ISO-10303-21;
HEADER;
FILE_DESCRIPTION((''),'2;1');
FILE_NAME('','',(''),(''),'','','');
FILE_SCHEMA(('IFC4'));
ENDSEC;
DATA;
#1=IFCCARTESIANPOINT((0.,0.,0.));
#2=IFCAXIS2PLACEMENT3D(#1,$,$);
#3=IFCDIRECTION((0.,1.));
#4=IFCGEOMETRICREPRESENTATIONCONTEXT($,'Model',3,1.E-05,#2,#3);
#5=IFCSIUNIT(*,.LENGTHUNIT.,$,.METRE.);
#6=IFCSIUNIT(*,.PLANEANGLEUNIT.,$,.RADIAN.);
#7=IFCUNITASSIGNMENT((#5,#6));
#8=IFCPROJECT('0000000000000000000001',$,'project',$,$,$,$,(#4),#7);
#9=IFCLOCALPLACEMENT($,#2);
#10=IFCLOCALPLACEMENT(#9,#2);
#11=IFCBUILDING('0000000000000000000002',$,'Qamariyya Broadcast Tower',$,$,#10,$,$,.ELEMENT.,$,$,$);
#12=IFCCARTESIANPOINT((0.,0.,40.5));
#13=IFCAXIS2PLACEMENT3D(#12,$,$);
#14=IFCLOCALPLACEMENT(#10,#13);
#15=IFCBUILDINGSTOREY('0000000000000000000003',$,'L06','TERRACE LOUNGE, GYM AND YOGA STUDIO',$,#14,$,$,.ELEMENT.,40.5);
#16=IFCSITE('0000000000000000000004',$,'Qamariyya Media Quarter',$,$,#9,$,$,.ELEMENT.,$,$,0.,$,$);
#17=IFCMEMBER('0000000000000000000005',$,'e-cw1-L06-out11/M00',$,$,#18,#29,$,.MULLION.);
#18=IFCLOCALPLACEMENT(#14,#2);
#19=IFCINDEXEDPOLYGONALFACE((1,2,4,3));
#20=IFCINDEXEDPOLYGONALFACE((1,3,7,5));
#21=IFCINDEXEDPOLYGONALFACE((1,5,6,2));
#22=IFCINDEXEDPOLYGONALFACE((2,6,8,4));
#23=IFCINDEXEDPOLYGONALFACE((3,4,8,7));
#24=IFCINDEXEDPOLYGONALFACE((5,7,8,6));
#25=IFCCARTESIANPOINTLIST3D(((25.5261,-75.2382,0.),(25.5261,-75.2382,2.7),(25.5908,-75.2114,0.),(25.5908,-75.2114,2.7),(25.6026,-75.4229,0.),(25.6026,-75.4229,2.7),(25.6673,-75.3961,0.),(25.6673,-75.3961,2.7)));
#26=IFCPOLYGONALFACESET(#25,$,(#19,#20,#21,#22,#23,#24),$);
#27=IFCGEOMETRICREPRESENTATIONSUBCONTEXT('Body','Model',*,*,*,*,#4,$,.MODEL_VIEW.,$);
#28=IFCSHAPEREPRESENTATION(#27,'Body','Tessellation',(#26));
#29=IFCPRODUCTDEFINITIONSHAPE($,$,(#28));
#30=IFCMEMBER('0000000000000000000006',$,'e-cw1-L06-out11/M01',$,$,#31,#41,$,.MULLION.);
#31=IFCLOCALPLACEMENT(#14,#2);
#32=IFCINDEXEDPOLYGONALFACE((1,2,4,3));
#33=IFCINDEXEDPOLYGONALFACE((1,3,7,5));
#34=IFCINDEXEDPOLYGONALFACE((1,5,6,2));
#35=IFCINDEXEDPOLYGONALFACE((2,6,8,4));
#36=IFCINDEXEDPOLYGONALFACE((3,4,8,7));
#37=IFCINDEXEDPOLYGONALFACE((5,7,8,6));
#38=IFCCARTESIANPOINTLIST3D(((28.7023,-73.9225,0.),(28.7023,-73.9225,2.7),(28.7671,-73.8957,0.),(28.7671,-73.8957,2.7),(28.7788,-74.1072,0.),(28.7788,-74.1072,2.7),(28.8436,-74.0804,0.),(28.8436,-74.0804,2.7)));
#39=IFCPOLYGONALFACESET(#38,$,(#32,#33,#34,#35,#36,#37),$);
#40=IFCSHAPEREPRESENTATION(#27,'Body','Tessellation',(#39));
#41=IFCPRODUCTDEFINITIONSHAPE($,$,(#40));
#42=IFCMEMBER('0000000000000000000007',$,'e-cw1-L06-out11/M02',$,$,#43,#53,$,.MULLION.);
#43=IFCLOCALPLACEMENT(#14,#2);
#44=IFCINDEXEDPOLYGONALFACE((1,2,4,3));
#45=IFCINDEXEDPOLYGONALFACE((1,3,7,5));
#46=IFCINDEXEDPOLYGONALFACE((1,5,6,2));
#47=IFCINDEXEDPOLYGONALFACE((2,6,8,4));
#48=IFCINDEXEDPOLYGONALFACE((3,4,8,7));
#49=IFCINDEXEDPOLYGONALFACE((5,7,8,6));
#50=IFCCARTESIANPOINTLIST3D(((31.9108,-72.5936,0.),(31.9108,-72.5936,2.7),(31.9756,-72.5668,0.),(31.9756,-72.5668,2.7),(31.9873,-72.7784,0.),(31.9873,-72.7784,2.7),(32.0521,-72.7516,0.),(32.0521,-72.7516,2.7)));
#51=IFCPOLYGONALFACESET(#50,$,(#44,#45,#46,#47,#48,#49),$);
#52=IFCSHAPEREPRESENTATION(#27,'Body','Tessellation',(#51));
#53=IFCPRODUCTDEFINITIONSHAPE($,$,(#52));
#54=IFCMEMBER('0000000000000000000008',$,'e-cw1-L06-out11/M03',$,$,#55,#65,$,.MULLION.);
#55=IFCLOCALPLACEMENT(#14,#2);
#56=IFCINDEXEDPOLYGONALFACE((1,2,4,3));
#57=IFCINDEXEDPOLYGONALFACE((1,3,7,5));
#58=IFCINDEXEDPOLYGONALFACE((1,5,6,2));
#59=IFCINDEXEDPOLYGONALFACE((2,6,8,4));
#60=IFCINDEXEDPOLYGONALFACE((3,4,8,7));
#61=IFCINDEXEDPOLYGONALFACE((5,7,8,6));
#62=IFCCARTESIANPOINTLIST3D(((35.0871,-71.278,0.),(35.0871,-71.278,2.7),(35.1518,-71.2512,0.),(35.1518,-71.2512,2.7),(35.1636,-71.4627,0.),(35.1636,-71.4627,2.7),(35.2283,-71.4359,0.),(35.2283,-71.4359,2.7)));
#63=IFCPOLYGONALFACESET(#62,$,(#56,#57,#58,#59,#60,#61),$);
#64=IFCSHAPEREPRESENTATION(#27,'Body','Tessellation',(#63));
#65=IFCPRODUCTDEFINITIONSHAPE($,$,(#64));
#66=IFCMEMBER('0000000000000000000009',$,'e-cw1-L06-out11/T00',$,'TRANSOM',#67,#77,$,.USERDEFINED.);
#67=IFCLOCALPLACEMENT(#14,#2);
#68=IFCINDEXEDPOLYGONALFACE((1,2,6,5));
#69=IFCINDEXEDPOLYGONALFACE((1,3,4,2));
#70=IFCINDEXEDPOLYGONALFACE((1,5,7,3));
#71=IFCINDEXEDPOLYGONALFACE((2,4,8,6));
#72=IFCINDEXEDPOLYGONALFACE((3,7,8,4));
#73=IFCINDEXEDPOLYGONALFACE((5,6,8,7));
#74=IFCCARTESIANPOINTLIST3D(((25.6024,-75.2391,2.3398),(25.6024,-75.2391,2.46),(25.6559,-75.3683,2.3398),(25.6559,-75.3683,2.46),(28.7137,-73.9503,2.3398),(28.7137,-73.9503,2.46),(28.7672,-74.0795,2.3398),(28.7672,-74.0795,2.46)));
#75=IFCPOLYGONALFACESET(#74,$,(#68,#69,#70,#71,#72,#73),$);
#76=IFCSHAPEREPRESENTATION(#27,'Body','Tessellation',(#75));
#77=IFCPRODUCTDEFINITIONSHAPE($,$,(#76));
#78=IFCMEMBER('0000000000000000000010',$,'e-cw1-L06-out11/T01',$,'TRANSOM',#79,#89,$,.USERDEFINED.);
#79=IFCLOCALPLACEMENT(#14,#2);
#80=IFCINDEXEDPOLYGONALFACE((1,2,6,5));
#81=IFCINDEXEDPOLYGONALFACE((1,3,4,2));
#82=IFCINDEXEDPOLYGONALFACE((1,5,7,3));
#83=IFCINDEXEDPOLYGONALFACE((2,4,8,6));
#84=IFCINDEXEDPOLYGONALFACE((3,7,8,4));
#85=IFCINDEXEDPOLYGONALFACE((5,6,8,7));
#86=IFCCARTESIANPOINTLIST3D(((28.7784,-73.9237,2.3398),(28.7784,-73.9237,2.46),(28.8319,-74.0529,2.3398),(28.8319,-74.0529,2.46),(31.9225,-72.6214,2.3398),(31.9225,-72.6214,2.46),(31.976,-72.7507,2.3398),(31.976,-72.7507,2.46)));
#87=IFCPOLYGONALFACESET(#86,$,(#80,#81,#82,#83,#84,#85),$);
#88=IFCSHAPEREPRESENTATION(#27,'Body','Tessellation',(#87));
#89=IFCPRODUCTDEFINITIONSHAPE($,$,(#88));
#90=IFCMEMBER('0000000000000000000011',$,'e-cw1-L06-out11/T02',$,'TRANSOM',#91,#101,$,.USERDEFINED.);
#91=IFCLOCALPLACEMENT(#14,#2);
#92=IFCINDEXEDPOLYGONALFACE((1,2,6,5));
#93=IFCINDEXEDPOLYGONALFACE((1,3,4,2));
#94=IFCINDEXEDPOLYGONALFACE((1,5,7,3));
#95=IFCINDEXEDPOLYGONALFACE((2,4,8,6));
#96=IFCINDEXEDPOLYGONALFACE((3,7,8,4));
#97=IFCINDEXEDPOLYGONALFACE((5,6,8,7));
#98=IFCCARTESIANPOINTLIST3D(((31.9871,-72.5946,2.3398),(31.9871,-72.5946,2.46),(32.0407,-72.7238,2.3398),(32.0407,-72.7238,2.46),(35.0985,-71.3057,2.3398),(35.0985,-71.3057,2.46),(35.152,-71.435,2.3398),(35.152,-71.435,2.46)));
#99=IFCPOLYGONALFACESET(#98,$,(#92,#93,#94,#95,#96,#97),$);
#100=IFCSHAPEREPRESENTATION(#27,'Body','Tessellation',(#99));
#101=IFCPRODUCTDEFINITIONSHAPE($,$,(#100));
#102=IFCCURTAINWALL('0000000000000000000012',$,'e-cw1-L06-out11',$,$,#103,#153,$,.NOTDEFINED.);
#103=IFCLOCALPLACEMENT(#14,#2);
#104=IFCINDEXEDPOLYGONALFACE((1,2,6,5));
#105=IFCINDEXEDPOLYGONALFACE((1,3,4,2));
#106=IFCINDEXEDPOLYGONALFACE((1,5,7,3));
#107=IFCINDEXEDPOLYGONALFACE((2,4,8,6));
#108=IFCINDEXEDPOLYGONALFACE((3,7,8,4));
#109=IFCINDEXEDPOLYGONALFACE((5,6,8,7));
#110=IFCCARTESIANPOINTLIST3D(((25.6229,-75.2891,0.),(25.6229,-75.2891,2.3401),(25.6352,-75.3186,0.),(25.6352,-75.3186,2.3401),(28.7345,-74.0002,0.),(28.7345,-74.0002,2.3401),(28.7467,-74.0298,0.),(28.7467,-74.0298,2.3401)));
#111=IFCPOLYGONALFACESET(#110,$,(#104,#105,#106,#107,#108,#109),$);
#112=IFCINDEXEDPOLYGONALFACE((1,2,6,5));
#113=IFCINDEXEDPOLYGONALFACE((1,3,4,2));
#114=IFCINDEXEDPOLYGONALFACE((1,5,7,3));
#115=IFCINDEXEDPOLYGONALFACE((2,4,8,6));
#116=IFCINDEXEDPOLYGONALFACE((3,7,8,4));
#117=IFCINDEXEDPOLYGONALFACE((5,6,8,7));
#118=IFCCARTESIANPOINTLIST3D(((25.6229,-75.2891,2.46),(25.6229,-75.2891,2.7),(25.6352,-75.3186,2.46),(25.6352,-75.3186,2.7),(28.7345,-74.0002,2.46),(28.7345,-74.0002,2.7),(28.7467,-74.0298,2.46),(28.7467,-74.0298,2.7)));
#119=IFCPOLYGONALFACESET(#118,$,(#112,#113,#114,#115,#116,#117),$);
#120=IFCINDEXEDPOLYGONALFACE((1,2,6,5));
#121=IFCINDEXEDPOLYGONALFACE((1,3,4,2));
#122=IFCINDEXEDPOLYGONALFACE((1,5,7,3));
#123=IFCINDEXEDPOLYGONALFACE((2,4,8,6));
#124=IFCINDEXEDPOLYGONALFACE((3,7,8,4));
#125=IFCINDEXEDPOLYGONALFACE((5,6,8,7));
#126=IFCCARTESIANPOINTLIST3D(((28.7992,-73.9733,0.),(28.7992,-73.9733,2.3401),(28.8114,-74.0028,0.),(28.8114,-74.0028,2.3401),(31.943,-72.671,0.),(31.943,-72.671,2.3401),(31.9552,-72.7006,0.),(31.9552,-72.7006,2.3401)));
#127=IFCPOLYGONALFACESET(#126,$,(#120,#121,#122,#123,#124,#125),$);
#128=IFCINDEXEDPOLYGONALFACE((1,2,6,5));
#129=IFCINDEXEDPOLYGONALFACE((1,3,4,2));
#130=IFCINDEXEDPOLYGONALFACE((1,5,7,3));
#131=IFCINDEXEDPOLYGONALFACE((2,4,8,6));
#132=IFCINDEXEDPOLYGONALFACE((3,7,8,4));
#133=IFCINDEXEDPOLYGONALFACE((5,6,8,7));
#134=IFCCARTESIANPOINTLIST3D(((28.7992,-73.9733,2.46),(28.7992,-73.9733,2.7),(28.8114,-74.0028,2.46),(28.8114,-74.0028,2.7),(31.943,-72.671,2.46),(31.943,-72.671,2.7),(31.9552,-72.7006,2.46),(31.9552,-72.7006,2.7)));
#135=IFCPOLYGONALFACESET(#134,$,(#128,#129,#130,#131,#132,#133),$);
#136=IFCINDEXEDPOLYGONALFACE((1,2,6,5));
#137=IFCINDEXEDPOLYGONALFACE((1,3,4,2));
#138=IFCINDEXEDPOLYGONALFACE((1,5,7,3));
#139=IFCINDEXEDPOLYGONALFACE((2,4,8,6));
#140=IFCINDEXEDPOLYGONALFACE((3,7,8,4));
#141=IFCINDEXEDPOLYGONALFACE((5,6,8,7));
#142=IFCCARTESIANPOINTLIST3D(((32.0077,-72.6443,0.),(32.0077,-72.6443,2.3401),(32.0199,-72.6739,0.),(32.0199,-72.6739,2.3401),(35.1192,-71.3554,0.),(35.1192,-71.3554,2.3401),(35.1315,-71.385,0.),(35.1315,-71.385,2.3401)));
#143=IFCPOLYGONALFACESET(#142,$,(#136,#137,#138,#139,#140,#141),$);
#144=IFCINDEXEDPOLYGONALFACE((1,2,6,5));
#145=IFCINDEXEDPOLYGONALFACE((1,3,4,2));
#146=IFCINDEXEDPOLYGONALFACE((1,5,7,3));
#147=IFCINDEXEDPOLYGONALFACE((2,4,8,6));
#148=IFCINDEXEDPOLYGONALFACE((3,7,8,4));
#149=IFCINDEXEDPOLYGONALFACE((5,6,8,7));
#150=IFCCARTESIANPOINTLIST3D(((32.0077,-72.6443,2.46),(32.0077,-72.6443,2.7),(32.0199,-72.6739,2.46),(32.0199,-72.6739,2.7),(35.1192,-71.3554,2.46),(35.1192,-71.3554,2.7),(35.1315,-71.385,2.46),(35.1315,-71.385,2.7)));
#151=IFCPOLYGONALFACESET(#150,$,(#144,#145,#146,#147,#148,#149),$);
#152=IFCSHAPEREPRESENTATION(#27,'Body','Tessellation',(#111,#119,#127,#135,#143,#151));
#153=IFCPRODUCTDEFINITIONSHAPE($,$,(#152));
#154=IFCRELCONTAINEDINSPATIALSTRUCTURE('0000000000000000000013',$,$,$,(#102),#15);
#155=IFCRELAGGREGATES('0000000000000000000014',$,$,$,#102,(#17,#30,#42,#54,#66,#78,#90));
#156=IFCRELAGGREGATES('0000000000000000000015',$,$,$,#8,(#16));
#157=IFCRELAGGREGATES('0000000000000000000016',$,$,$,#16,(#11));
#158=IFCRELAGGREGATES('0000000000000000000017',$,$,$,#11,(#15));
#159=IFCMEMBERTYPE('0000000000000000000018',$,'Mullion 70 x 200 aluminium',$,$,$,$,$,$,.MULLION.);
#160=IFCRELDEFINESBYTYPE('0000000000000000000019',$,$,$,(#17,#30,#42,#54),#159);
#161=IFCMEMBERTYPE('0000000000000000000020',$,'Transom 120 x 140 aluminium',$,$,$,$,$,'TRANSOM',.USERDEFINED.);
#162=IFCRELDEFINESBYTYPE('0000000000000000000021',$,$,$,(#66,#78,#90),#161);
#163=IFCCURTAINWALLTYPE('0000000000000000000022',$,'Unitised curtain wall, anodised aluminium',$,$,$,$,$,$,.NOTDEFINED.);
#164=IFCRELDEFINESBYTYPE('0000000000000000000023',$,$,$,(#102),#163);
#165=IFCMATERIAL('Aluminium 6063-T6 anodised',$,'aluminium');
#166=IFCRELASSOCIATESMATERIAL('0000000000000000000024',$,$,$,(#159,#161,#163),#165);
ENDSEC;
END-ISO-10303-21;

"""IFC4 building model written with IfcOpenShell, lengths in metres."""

from ifc_helpers import new_model, si_unit, direction, frame, origin, origin_2d, place, context, subcontext, project, spatial, rectangle, extrude, material, material_profile, profile_set, type_object, element, aggregate, save


model = new_model("IFC4")

# Units and contexts
model_context = context("Model", 3, precision=1e-05, world=origin(), true_north=direction((0.0, 1.0)))
body_context = subcontext(model_context, "Body", "Model", "MODEL_VIEW")
ifc_project = project(units=[si_unit("LENGTHUNIT", "METRE"), si_unit("PLANEANGLEUNIT", "RADIAN")], contexts=[model_context])

# Members
ifc_material = material(Name="Aluminium 6063-T6 anodised", Category="aluminium")
ifc_material_profile_1 = material_profile(ifc_material, rectangle(XDim=0.2, YDim=0.0701, at=origin_2d()))
ifc_profile_set_1 = profile_set([ifc_material_profile_1], Name="Aluminium 6063-T6 anodised")
member_type_1 = type_object("IfcMemberType", Name="Mullion 70 x 200 aluminium", PredefinedType="MULLION", material=ifc_profile_set_1)
site_placement = place(None, origin())
building_placement = place(site_placement, origin())
storey_placement = place(building_placement, frame((0.0, 0.0, 40.5)))
member_1_placement = place(storey_placement, frame((25.5967, -75.3171, 0.0), z_axis=(0.0, 0.0, 1.0), x_axis=(-0.382683, 0.92388, 0.0)))
member_1 = element("IfcMember", 1, at=member_1_placement, type_object=member_type_1, Name="e-cw1-L06-out11/M00", PredefinedType="MULLION", context=body_context, shape_type="SweptSolid", body=[
    extrude(rectangle(XDim=0.2, YDim=0.0701, at=origin_2d()), origin(), (0.0, 0.0, 1.0), 2.7),
])
member_2_placement = place(storey_placement, frame((28.7729, -74.0015, 0.0), z_axis=(0.0, 0.0, 1.0), x_axis=(-0.382683, 0.92388, 0.0)))
member_2 = element("IfcMember", 2, at=member_2_placement, type_object=member_type_1, Name="e-cw1-L06-out11/M01", PredefinedType="MULLION", context=body_context, shape_type="SweptSolid", body=[
    extrude(rectangle(XDim=0.2, YDim=0.0701, at=origin_2d()), origin(), (0.0, 0.0, 1.0), 2.7),
])
member_3_placement = place(storey_placement, frame((31.9814, -72.6726, 0.0), z_axis=(0.0, 0.0, 1.0), x_axis=(-0.382683, 0.92388, 0.0)))
member_3 = element("IfcMember", 3, at=member_3_placement, type_object=member_type_1, Name="e-cw1-L06-out11/M02", PredefinedType="MULLION", context=body_context, shape_type="SweptSolid", body=[
    extrude(rectangle(XDim=0.2, YDim=0.0701, at=origin_2d()), origin(), (0.0, 0.0, 1.0), 2.7),
])
member_4_placement = place(storey_placement, frame((35.1577, -71.3569, 0.0), z_axis=(0.0, 0.0, 1.0), x_axis=(-0.382683, 0.92388, 0.0)))
member_4 = element("IfcMember", 4, at=member_4_placement, type_object=member_type_1, Name="e-cw1-L06-out11/M03", PredefinedType="MULLION", context=body_context, shape_type="SweptSolid", body=[
    extrude(rectangle(XDim=0.2, YDim=0.0701, at=origin_2d()), origin(), (0.0, 0.0, 1.0), 2.7),
])
ifc_material_profile_2 = material_profile(ifc_material, rectangle(XDim=0.1399, YDim=0.1201, at=origin_2d()))
ifc_profile_set_2 = profile_set([ifc_material_profile_2], Name="Aluminium 6063-T6 anodised")
member_type_2 = type_object("IfcMemberType", Name="Transom 120 x 140 aluminium", ElementType="TRANSOM", PredefinedType="USERDEFINED", material=ifc_profile_set_2)
member_5_placement = place(storey_placement, frame((25.6292, -75.3037, 2.3999), z_axis=(0.923873, 0.3827, 0.0), x_axis=(-0.3827, 0.923873, 0.0)))
member_5 = element("IfcMember", 5, at=member_5_placement, type_object=member_type_2, Name="e-cw1-L06-out11/T00", ObjectType="TRANSOM", PredefinedType="USERDEFINED", context=body_context, shape_type="SweptSolid", body=[
    extrude(rectangle(XDim=0.1399, YDim=0.1201, at=origin_2d()), origin(), (0.0, 0.0, 1.0), 3.3677),
])
member_6_placement = place(storey_placement, frame((28.8052, -73.9883, 2.3999), z_axis=(0.923886, 0.382669, 0.0), x_axis=(-0.382669, 0.923886, 0.0)))
member_6 = element("IfcMember", 6, at=member_6_placement, type_object=member_type_2, Name="e-cw1-L06-out11/T01", ObjectType="TRANSOM", PredefinedType="USERDEFINED", context=body_context, shape_type="SweptSolid", body=[
    extrude(rectangle(XDim=0.1399, YDim=0.1201, at=origin_2d()), origin(), (0.0, 0.0, 1.0), 3.4031),
])
member_7_placement = place(storey_placement, frame((32.0139, -72.6592, 2.3999), z_axis=(0.923873, 0.3827, 0.0), x_axis=(-0.3827, 0.923873, 0.0)))
member_7 = element("IfcMember", 7, at=member_7_placement, type_object=member_type_2, Name="e-cw1-L06-out11/T02", ObjectType="TRANSOM", PredefinedType="USERDEFINED", context=body_context, shape_type="SweptSolid", body=[
    extrude(rectangle(XDim=0.1399, YDim=0.1201, at=origin_2d()), origin(), (0.0, 0.0, 1.0), 3.3677),
])

# Site, building, storey
site = spatial("IfcSite", under=ifc_project, at=site_placement, Name="Qamariyya Media Quarter", CompositionType="ELEMENT", RefElevation=0.0)
building = spatial("IfcBuilding", under=site, at=building_placement, Name="Qamariyya Broadcast Tower", CompositionType="ELEMENT")
storey = spatial("IfcBuildingStorey", under=building, at=storey_placement, Name="L06", Description="TERRACE LOUNGE, GYM AND YOGA STUDIO", CompositionType="ELEMENT", Elevation=40.5)

# Curtain wall
curtain_wall_type = type_object("IfcCurtainWallType", Name="Unitised curtain wall, anodised aluminium", PredefinedType="NOTDEFINED", material=ifc_material)
curtain_wall_1_placement = place(storey_placement, origin())
curtain_wall_1 = element("IfcCurtainWall", 8, at=curtain_wall_1_placement, inside=storey, type_object=curtain_wall_type, Name="e-cw1-L06-out11", PredefinedType="NOTDEFINED", context=body_context, shape_type="SweptSolid", body=[
    extrude(rectangle(XDim=3.3679, YDim=0.032, at=origin_2d()), frame((27.1848, -74.6594, 0.0), x_axis=(0.923878, 0.382688, 0.0)), (0.0, 0.0, 1.0), 2.3401),
    extrude(rectangle(XDim=3.3679, YDim=0.032, at=origin_2d()), frame((27.1848, -74.6594, 2.46), x_axis=(0.923878, 0.382688, 0.0)), (0.0, 0.0, 1.0), 0.24),
    extrude(rectangle(XDim=3.4028, YDim=0.032, at=origin_2d()), frame((30.3772, -73.3369, 0.0), x_axis=(0.923878, 0.382688, 0.0)), (0.0, 0.0, 1.0), 2.3401),
    extrude(rectangle(XDim=3.4028, YDim=0.032, at=origin_2d()), frame((30.3772, -73.3369, 2.46), x_axis=(0.923878, 0.382688, 0.0)), (0.0, 0.0, 1.0), 0.24),
    extrude(rectangle(XDim=3.3679, YDim=0.032, at=origin_2d()), frame((33.5696, -72.0146, 0.0), x_axis=(0.923878, 0.382688, 0.0)), (0.0, 0.0, 1.0), 2.3401),
    extrude(rectangle(XDim=3.3679, YDim=0.032, at=origin_2d()), frame((33.5696, -72.0146, 2.46), x_axis=(0.923878, 0.382688, 0.0)), (0.0, 0.0, 1.0), 0.24),
])
aggregate(curtain_wall_1, [member_1, member_2, member_3, member_4, member_5, member_6, member_7])

save(model, "model.ifc")
